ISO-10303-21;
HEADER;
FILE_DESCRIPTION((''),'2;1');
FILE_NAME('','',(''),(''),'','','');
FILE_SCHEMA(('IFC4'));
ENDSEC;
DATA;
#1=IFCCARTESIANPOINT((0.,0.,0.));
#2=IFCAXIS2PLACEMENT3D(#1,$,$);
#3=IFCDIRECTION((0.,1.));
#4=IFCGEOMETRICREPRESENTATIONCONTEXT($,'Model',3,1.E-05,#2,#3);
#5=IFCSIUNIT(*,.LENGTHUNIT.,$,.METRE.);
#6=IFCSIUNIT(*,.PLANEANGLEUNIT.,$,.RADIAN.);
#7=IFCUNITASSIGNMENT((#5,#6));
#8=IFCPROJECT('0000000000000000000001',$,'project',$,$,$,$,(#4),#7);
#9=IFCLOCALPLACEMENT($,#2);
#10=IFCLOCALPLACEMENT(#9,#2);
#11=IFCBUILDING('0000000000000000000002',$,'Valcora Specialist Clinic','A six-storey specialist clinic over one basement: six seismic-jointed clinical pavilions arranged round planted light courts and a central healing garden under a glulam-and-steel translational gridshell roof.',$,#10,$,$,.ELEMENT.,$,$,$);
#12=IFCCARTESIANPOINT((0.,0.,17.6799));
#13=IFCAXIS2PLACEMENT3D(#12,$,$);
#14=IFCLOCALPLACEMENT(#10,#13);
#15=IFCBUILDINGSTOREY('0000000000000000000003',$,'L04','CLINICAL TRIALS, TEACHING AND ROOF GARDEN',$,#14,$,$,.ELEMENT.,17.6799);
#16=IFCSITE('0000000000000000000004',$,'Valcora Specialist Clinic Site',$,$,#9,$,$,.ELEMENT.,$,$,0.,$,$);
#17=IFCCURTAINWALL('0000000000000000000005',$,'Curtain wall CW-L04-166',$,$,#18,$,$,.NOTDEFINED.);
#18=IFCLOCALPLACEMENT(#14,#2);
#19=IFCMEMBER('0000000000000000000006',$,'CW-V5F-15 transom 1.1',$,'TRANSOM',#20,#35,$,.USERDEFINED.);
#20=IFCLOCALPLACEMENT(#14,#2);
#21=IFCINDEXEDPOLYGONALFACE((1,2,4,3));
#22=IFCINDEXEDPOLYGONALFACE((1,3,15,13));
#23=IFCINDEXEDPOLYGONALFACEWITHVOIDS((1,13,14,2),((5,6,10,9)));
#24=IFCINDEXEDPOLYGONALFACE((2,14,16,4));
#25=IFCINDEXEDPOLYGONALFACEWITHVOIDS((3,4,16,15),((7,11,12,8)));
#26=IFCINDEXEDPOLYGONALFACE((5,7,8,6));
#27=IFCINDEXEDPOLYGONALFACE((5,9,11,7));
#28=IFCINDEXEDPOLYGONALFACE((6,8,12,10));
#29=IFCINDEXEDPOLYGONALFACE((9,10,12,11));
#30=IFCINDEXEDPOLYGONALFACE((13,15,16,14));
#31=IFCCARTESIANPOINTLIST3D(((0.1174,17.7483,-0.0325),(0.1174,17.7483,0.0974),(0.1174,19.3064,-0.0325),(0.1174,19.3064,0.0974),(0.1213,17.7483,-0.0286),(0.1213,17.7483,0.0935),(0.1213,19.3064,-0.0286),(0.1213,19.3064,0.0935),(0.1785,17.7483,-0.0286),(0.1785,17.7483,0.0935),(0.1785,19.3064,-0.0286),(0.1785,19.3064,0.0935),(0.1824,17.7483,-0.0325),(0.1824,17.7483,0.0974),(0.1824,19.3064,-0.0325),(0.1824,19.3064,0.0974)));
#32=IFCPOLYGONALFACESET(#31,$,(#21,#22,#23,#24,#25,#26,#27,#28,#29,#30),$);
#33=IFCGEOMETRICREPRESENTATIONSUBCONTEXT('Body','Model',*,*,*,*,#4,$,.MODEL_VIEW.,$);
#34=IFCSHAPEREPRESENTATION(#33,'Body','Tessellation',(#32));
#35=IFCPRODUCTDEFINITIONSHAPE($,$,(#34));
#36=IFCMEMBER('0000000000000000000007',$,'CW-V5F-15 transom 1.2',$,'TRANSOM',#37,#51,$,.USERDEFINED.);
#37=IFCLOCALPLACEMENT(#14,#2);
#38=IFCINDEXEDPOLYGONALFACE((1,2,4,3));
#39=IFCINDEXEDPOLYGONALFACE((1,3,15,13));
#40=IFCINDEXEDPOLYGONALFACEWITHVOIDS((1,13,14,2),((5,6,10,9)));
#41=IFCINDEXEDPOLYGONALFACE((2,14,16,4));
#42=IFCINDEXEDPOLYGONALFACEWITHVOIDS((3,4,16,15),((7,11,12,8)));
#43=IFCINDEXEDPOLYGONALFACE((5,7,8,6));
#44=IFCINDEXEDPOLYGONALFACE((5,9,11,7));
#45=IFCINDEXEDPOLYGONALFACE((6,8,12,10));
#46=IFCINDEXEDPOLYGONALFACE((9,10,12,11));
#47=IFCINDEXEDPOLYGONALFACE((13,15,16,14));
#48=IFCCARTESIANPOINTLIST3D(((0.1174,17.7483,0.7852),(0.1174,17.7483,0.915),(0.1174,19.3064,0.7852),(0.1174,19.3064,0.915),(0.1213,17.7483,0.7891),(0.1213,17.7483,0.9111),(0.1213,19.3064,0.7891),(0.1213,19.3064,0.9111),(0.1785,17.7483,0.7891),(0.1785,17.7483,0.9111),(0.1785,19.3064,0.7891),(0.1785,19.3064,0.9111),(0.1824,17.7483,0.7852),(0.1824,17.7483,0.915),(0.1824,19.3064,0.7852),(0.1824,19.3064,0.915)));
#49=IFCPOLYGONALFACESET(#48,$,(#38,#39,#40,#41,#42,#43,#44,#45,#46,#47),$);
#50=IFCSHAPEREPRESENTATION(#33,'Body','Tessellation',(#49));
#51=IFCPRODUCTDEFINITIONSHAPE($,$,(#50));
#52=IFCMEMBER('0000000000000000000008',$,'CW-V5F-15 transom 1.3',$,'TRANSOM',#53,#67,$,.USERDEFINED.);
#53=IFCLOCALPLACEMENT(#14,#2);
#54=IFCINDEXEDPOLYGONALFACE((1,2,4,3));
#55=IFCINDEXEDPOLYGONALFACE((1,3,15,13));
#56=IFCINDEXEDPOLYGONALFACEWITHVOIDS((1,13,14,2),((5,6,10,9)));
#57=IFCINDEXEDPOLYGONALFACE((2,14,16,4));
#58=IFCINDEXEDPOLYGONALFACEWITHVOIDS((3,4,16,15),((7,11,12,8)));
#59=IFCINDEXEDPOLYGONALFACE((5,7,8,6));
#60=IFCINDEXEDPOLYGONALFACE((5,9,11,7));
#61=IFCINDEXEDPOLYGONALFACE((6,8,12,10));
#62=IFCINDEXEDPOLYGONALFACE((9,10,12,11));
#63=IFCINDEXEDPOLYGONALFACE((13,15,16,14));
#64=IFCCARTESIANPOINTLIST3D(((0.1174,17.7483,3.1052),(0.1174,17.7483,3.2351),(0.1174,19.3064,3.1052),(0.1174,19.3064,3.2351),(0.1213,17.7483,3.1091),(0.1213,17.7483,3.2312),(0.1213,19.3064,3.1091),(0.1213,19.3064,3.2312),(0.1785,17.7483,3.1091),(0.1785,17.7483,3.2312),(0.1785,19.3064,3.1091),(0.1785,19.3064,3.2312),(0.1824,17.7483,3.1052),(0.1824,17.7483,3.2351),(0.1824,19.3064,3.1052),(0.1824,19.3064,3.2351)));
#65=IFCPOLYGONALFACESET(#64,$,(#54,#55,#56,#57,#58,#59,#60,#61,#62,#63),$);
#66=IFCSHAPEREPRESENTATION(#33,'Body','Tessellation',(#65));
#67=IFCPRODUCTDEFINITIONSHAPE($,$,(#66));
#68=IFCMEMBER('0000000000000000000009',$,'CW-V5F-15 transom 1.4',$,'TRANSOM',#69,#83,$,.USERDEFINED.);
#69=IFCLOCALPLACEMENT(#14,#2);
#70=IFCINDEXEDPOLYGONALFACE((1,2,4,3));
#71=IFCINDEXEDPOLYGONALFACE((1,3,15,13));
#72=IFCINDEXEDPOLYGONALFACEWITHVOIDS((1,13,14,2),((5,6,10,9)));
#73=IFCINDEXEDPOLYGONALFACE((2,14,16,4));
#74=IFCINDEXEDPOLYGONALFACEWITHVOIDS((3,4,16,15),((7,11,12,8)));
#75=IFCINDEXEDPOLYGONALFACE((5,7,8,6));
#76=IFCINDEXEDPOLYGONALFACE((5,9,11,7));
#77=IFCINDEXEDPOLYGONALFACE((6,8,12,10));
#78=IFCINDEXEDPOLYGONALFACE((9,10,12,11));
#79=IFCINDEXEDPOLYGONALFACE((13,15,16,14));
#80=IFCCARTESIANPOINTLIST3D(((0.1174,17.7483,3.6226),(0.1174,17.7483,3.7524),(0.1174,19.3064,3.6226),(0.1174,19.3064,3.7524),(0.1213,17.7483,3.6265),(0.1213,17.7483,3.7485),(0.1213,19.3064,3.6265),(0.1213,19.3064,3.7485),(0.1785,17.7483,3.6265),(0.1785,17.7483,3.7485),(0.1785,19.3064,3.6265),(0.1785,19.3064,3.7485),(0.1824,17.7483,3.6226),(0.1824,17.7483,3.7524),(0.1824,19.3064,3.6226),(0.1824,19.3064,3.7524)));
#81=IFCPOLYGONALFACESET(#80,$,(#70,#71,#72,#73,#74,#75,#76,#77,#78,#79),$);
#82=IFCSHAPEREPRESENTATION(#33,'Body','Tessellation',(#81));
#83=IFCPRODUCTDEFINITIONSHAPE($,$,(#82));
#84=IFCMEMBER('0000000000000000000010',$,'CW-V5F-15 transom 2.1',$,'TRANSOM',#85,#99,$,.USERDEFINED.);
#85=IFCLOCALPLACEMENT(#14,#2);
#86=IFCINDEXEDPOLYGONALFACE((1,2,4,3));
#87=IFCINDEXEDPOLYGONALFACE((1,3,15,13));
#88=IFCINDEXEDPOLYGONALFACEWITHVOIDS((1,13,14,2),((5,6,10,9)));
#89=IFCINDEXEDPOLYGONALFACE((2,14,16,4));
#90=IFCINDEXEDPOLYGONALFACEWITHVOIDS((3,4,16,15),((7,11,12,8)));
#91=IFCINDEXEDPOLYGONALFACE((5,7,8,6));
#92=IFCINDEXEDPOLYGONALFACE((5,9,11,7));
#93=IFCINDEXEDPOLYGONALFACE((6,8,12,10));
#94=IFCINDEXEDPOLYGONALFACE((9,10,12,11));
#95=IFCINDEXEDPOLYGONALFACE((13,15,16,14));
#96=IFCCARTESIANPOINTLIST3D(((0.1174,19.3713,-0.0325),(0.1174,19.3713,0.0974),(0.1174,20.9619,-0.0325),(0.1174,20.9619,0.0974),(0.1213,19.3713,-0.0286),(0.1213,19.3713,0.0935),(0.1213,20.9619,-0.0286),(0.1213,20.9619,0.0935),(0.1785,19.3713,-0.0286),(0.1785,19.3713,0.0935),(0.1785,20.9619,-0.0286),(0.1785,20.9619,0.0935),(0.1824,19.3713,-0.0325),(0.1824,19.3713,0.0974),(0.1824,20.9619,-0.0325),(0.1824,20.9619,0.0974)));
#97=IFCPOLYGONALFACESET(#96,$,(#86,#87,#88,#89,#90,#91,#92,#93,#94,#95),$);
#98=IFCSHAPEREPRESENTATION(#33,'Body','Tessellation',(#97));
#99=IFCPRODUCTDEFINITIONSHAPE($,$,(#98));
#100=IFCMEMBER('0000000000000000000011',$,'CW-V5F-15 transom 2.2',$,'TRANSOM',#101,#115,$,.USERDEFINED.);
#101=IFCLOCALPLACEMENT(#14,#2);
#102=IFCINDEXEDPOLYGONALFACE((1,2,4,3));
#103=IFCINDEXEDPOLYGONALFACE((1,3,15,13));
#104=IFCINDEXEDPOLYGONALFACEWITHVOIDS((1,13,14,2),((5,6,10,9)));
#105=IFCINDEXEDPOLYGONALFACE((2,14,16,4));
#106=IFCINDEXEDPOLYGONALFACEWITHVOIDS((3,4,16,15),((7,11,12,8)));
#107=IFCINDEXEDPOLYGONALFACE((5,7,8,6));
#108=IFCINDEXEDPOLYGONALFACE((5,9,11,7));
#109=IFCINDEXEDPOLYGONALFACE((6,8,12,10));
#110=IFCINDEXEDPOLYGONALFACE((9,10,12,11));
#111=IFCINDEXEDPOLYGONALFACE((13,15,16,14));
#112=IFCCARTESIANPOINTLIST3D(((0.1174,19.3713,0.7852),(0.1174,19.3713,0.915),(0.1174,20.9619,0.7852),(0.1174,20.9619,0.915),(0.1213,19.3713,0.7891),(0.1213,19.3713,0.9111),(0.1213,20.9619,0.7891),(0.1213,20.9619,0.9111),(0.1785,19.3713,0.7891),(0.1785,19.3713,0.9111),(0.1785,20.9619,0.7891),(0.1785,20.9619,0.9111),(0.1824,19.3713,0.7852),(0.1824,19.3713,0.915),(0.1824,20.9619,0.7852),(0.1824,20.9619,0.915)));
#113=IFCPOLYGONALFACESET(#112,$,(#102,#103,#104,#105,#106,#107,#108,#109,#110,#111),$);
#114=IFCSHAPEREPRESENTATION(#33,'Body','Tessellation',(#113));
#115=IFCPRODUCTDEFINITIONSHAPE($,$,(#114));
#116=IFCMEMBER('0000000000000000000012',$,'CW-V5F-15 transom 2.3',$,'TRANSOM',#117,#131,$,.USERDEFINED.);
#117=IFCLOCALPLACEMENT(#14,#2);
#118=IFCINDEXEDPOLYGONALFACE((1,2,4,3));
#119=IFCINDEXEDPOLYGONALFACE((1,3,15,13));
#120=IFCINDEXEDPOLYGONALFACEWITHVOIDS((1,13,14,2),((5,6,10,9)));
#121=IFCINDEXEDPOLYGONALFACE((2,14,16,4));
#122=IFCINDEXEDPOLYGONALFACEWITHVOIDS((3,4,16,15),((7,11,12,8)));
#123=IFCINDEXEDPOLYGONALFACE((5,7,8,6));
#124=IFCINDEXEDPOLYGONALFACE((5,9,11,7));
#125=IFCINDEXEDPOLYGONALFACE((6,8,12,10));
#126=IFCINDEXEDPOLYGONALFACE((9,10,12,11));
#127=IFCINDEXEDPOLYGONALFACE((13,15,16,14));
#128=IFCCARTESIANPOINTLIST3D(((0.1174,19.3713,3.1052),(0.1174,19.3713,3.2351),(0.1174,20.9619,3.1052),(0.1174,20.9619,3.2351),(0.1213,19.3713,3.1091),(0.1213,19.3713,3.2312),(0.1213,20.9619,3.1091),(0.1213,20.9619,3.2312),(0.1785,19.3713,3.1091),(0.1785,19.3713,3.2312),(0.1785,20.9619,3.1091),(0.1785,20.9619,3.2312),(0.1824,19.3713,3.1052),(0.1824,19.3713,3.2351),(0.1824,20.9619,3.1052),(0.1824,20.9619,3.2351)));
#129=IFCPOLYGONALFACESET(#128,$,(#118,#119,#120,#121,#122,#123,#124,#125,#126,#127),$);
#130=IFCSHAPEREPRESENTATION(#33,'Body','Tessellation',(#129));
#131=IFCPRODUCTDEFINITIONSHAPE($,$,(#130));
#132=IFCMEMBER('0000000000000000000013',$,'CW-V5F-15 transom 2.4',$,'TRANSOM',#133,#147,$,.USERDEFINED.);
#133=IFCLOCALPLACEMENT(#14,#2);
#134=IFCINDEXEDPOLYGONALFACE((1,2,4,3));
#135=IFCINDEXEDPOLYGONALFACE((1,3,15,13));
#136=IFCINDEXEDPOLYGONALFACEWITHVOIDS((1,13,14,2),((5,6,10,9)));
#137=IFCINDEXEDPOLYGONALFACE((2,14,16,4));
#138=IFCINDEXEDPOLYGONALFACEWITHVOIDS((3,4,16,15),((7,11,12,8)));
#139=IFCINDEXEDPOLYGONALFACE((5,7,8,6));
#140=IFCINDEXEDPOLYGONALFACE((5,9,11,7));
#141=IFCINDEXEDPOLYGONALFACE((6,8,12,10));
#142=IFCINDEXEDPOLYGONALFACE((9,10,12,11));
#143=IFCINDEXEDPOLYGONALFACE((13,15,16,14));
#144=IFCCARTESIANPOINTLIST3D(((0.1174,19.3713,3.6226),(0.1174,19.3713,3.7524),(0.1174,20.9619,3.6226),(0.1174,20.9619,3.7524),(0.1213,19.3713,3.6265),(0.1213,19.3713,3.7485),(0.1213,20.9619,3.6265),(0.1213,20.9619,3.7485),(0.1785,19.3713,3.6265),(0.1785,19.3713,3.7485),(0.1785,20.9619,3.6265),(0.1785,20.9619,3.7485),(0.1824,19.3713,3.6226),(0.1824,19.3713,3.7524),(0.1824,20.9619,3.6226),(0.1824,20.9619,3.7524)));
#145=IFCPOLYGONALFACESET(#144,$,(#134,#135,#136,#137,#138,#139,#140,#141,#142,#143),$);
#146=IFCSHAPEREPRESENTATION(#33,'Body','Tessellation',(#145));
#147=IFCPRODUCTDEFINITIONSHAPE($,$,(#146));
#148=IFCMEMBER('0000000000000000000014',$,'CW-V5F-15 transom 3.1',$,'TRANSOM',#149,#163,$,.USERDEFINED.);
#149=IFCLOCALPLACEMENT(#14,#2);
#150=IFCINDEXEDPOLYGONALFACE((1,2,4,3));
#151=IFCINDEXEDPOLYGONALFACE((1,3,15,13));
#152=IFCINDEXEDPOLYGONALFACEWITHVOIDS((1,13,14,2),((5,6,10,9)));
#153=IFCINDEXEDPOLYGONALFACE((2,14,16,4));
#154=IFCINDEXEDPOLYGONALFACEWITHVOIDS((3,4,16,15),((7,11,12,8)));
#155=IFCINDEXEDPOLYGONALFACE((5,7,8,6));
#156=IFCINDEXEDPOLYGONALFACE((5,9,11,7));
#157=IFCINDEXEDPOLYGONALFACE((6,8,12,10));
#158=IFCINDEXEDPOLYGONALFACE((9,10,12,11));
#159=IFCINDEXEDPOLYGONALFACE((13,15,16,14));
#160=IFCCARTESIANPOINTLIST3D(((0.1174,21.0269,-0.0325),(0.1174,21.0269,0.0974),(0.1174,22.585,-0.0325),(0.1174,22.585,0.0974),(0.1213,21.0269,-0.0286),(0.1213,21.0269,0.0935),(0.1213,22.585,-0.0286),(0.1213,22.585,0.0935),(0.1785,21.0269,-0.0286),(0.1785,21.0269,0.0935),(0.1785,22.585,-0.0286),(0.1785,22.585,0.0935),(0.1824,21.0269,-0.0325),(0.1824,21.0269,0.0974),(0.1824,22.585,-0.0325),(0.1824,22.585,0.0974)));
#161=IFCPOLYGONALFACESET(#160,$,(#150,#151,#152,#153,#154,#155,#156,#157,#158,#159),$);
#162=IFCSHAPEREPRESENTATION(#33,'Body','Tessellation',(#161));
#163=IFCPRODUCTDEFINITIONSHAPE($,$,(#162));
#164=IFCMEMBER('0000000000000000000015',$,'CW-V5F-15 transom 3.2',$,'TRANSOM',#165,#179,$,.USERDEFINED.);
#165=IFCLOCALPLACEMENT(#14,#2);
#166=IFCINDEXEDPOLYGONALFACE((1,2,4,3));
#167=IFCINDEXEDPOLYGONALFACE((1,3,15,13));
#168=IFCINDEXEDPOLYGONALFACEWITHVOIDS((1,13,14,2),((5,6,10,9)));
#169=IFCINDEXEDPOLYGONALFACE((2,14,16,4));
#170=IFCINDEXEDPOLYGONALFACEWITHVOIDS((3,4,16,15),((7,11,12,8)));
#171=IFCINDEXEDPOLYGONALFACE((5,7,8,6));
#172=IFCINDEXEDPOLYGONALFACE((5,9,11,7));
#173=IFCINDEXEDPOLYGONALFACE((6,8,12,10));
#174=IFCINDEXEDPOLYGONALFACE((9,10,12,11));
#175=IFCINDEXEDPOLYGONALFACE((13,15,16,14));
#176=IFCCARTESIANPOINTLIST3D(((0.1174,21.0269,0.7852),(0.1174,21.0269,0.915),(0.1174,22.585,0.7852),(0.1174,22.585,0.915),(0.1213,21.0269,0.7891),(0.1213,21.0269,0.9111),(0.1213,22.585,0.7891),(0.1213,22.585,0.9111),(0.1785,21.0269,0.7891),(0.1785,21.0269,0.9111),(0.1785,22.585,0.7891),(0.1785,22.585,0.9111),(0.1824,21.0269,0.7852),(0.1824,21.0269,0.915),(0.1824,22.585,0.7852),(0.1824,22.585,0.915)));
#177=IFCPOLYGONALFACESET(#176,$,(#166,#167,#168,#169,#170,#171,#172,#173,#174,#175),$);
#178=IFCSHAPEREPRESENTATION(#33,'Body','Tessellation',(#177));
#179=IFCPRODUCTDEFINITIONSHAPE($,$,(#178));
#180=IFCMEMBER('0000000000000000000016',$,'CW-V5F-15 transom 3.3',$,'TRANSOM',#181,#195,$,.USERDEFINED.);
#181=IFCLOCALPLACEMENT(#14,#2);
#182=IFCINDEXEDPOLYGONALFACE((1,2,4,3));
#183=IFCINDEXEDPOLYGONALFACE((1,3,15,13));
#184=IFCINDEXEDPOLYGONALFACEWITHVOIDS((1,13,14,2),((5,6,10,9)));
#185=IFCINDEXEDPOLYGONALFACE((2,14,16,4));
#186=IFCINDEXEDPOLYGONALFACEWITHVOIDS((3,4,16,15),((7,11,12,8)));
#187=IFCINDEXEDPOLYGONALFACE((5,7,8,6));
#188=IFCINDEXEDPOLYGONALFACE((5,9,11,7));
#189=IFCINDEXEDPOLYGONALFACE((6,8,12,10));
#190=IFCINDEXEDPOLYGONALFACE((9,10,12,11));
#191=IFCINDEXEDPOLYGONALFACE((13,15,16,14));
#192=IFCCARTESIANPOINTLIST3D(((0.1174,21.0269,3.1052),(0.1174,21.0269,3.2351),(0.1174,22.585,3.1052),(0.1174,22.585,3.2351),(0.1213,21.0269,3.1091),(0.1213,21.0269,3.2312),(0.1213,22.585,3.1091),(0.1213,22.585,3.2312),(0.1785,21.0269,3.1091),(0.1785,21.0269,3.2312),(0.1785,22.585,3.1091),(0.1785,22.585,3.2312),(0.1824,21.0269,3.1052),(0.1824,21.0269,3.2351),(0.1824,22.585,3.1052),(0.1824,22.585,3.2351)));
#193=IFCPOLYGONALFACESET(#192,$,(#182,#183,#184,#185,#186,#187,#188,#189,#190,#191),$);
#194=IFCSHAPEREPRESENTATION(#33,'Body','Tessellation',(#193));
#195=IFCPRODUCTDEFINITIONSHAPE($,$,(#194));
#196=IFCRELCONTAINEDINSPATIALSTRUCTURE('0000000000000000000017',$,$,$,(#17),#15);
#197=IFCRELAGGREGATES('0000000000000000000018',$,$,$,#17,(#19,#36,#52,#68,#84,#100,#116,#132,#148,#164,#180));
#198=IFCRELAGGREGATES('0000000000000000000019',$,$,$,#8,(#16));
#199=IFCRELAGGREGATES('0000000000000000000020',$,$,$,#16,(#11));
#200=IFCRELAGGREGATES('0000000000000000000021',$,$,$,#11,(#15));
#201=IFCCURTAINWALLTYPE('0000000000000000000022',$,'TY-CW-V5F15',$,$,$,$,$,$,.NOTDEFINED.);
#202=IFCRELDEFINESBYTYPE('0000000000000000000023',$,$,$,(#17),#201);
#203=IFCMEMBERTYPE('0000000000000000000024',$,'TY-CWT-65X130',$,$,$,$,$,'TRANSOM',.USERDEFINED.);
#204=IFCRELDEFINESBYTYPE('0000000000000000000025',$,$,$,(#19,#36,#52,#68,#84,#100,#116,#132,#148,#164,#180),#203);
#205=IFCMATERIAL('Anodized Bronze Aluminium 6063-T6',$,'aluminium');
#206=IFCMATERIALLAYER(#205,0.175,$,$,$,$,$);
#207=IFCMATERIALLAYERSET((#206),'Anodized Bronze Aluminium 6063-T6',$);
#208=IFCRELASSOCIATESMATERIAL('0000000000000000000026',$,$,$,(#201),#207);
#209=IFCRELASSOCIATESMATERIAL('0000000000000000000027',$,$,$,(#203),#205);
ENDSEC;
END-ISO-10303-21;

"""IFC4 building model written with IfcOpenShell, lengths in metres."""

from ifc_helpers import new_model, si_unit, direction, frame, origin, origin_2d, place, context, subcontext, project, spatial, hollow_rectangle, extrude, material, layer, layer_set, material_profile, profile_set, type_object, element, aggregate, save


model = new_model("IFC4")

# Units and contexts
model_context = context("Model", 3, precision=1e-05, world=origin(), true_north=direction((0.0, 1.0)))
body_context = subcontext(model_context, "Body", "Model", "MODEL_VIEW")
ifc_project = project(units=[si_unit("LENGTHUNIT", "METRE"), si_unit("PLANEANGLEUNIT", "RADIAN")], contexts=[model_context])

# Site, building, storey
site_placement = place(None, origin())
site = spatial("IfcSite", under=ifc_project, at=site_placement, Name="Valcora Specialist Clinic Site", CompositionType="ELEMENT", RefElevation=0.0)
building_placement = place(site_placement, origin())
building = spatial("IfcBuilding", under=site, at=building_placement, Name="Valcora Specialist Clinic", Description="A six-storey specialist clinic over one basement: six seismic-jointed clinical pavilions arranged round planted light courts and a central healing garden under a glulam-and-steel translational gridshell roof.", CompositionType="ELEMENT")
storey_placement = place(building_placement, frame((0.0, 0.0, 17.6799)))
storey = spatial("IfcBuildingStorey", under=building, at=storey_placement, Name="L04", Description="CLINICAL TRIALS, TEACHING AND ROOF GARDEN", CompositionType="ELEMENT", Elevation=17.6799)

# Curtain wall
ifc_material_1 = material(Name="Anodized Bronze Aluminium 6063-T6", Category="aluminium")
ifc_layer_1 = layer(ifc_material_1, 0.175)
ifc_layer_set_1 = layer_set([ifc_layer_1], Name="Anodized Bronze Aluminium 6063-T6")
curtain_wall_type = type_object("IfcCurtainWallType", Name="TY-CW-V5F15", PredefinedType="NOTDEFINED", material=ifc_layer_set_1)
curtain_wall_1_placement = place(storey_placement, origin())
curtain_wall_1 = element("IfcCurtainWall", 1, at=curtain_wall_1_placement, inside=storey, type_object=curtain_wall_type, Name="Curtain wall CW-L04-166", PredefinedType="NOTDEFINED")

# Members
ifc_material_profile_1 = material_profile(ifc_material_1, hollow_rectangle(XDim=0.0649, YDim=0.1299, WallThickness=0.0039, at=origin_2d()), Name="AL-TRN-65X130")
ifc_profile_set_1 = profile_set([ifc_material_profile_1], Name="Anodized Bronze Aluminium 6063-T6")
member_type_1 = type_object("IfcMemberType", Name="TY-CWT-65X130", ElementType="TRANSOM", PredefinedType="USERDEFINED", material=ifc_profile_set_1)
member_1_placement = place(storey_placement, frame((0.1499, 17.7483, 0.0325), z_axis=(0.0, 1.0, 0.0), x_axis=(-1.0, 0.0, 0.0)))
member_1 = element("IfcMember", 2, at=member_1_placement, type_object=member_type_1, Name="CW-V5F-15 transom 1.1", ObjectType="TRANSOM", PredefinedType="USERDEFINED", context=body_context, shape_type="SweptSolid", body=[
    extrude(hollow_rectangle(XDim=0.0649, YDim=0.1299, WallThickness=0.0039, at=origin_2d()), origin(), (0.0, 0.0, 1.0), 1.5581),
])
member_2_placement = place(storey_placement, frame((0.1499, 17.7483, 0.8501), z_axis=(0.0, 1.0, 0.0), x_axis=(-1.0, 0.0, 0.0)))
member_2 = element("IfcMember", 3, at=member_2_placement, type_object=member_type_1, Name="CW-V5F-15 transom 1.2", ObjectType="TRANSOM", PredefinedType="USERDEFINED", context=body_context, shape_type="SweptSolid", body=[
    extrude(hollow_rectangle(XDim=0.0649, YDim=0.1299, WallThickness=0.0039, at=origin_2d()), origin(), (0.0, 0.0, 1.0), 1.5581),
])
member_3_placement = place(storey_placement, frame((0.1499, 17.7483, 3.1702), z_axis=(0.0, 1.0, 0.0), x_axis=(-1.0, 0.0, 0.0)))
member_3 = element("IfcMember", 4, at=member_3_placement, type_object=member_type_1, Name="CW-V5F-15 transom 1.3", ObjectType="TRANSOM", PredefinedType="USERDEFINED", context=body_context, shape_type="SweptSolid", body=[
    extrude(hollow_rectangle(XDim=0.0649, YDim=0.1299, WallThickness=0.0039, at=origin_2d()), origin(), (0.0, 0.0, 1.0), 1.5581),
])
member_4_placement = place(storey_placement, frame((0.1499, 17.7483, 3.6875), z_axis=(0.0, 1.0, 0.0), x_axis=(-1.0, 0.0, 0.0)))
member_4 = element("IfcMember", 5, at=member_4_placement, type_object=member_type_1, Name="CW-V5F-15 transom 1.4", ObjectType="TRANSOM", PredefinedType="USERDEFINED", context=body_context, shape_type="SweptSolid", body=[
    extrude(hollow_rectangle(XDim=0.0649, YDim=0.1299, WallThickness=0.0039, at=origin_2d()), origin(), (0.0, 0.0, 1.0), 1.5581),
])
member_5_placement = place(storey_placement, frame((0.1499, 19.3713, 0.0325), z_axis=(0.0, 1.0, 0.0), x_axis=(-1.0, 0.0, 0.0)))
member_5 = element("IfcMember", 6, at=member_5_placement, type_object=member_type_1, Name="CW-V5F-15 transom 2.1", ObjectType="TRANSOM", PredefinedType="USERDEFINED", context=body_context, shape_type="SweptSolid", body=[
    extrude(hollow_rectangle(XDim=0.0649, YDim=0.1299, WallThickness=0.0039, at=origin_2d()), origin(), (0.0, 0.0, 1.0), 1.5906),
])
member_6_placement = place(storey_placement, frame((0.1499, 19.3713, 0.8501), z_axis=(0.0, 1.0, 0.0), x_axis=(-1.0, 0.0, 0.0)))
member_6 = element("IfcMember", 7, at=member_6_placement, type_object=member_type_1, Name="CW-V5F-15 transom 2.2", ObjectType="TRANSOM", PredefinedType="USERDEFINED", context=body_context, shape_type="SweptSolid", body=[
    extrude(hollow_rectangle(XDim=0.0649, YDim=0.1299, WallThickness=0.0039, at=origin_2d()), origin(), (0.0, 0.0, 1.0), 1.5906),
])
member_7_placement = place(storey_placement, frame((0.1499, 19.3713, 3.1702), z_axis=(0.0, 1.0, 0.0), x_axis=(-1.0, 0.0, 0.0)))
member_7 = element("IfcMember", 8, at=member_7_placement, type_object=member_type_1, Name="CW-V5F-15 transom 2.3", ObjectType="TRANSOM", PredefinedType="USERDEFINED", context=body_context, shape_type="SweptSolid", body=[
    extrude(hollow_rectangle(XDim=0.0649, YDim=0.1299, WallThickness=0.0039, at=origin_2d()), origin(), (0.0, 0.0, 1.0), 1.5906),
])
member_8_placement = place(storey_placement, frame((0.1499, 19.3713, 3.6875), z_axis=(0.0, 1.0, 0.0), x_axis=(-1.0, 0.0, 0.0)))
member_8 = element("IfcMember", 9, at=member_8_placement, type_object=member_type_1, Name="CW-V5F-15 transom 2.4", ObjectType="TRANSOM", PredefinedType="USERDEFINED", context=body_context, shape_type="SweptSolid", body=[
    extrude(hollow_rectangle(XDim=0.0649, YDim=0.1299, WallThickness=0.0039, at=origin_2d()), origin(), (0.0, 0.0, 1.0), 1.5906),
])
member_9_placement = place(storey_placement, frame((0.1499, 21.0269, 0.0325), z_axis=(0.0, 1.0, 0.0), x_axis=(-1.0, 0.0, 0.0)))
member_9 = element("IfcMember", 10, at=member_9_placement, type_object=member_type_1, Name="CW-V5F-15 transom 3.1", ObjectType="TRANSOM", PredefinedType="USERDEFINED", context=body_context, shape_type="SweptSolid", body=[
    extrude(hollow_rectangle(XDim=0.0649, YDim=0.1299, WallThickness=0.0039, at=origin_2d()), origin(), (0.0, 0.0, 1.0), 1.5581),
])
member_10_placement = place(storey_placement, frame((0.1499, 21.0269, 0.8501), z_axis=(0.0, 1.0, 0.0), x_axis=(-1.0, 0.0, 0.0)))
member_10 = element("IfcMember", 11, at=member_10_placement, type_object=member_type_1, Name="CW-V5F-15 transom 3.2", ObjectType="TRANSOM", PredefinedType="USERDEFINED", context=body_context, shape_type="SweptSolid", body=[
    extrude(hollow_rectangle(XDim=0.0649, YDim=0.1299, WallThickness=0.0039, at=origin_2d()), origin(), (0.0, 0.0, 1.0), 1.5581),
])
member_11_placement = place(storey_placement, frame((0.1499, 21.0269, 3.1702), z_axis=(0.0, 1.0, 0.0), x_axis=(-1.0, 0.0, 0.0)))
member_11 = element("IfcMember", 12, at=member_11_placement, type_object=member_type_1, Name="CW-V5F-15 transom 3.3", ObjectType="TRANSOM", PredefinedType="USERDEFINED", context=body_context, shape_type="SweptSolid", body=[
    extrude(hollow_rectangle(XDim=0.0649, YDim=0.1299, WallThickness=0.0039, at=origin_2d()), origin(), (0.0, 0.0, 1.0), 1.5581),
])

aggregate(curtain_wall_1, [member_1, member_2, member_3, member_4, member_5, member_6, member_7, member_8, member_9, member_10, member_11])

save(model, "model.ifc")
